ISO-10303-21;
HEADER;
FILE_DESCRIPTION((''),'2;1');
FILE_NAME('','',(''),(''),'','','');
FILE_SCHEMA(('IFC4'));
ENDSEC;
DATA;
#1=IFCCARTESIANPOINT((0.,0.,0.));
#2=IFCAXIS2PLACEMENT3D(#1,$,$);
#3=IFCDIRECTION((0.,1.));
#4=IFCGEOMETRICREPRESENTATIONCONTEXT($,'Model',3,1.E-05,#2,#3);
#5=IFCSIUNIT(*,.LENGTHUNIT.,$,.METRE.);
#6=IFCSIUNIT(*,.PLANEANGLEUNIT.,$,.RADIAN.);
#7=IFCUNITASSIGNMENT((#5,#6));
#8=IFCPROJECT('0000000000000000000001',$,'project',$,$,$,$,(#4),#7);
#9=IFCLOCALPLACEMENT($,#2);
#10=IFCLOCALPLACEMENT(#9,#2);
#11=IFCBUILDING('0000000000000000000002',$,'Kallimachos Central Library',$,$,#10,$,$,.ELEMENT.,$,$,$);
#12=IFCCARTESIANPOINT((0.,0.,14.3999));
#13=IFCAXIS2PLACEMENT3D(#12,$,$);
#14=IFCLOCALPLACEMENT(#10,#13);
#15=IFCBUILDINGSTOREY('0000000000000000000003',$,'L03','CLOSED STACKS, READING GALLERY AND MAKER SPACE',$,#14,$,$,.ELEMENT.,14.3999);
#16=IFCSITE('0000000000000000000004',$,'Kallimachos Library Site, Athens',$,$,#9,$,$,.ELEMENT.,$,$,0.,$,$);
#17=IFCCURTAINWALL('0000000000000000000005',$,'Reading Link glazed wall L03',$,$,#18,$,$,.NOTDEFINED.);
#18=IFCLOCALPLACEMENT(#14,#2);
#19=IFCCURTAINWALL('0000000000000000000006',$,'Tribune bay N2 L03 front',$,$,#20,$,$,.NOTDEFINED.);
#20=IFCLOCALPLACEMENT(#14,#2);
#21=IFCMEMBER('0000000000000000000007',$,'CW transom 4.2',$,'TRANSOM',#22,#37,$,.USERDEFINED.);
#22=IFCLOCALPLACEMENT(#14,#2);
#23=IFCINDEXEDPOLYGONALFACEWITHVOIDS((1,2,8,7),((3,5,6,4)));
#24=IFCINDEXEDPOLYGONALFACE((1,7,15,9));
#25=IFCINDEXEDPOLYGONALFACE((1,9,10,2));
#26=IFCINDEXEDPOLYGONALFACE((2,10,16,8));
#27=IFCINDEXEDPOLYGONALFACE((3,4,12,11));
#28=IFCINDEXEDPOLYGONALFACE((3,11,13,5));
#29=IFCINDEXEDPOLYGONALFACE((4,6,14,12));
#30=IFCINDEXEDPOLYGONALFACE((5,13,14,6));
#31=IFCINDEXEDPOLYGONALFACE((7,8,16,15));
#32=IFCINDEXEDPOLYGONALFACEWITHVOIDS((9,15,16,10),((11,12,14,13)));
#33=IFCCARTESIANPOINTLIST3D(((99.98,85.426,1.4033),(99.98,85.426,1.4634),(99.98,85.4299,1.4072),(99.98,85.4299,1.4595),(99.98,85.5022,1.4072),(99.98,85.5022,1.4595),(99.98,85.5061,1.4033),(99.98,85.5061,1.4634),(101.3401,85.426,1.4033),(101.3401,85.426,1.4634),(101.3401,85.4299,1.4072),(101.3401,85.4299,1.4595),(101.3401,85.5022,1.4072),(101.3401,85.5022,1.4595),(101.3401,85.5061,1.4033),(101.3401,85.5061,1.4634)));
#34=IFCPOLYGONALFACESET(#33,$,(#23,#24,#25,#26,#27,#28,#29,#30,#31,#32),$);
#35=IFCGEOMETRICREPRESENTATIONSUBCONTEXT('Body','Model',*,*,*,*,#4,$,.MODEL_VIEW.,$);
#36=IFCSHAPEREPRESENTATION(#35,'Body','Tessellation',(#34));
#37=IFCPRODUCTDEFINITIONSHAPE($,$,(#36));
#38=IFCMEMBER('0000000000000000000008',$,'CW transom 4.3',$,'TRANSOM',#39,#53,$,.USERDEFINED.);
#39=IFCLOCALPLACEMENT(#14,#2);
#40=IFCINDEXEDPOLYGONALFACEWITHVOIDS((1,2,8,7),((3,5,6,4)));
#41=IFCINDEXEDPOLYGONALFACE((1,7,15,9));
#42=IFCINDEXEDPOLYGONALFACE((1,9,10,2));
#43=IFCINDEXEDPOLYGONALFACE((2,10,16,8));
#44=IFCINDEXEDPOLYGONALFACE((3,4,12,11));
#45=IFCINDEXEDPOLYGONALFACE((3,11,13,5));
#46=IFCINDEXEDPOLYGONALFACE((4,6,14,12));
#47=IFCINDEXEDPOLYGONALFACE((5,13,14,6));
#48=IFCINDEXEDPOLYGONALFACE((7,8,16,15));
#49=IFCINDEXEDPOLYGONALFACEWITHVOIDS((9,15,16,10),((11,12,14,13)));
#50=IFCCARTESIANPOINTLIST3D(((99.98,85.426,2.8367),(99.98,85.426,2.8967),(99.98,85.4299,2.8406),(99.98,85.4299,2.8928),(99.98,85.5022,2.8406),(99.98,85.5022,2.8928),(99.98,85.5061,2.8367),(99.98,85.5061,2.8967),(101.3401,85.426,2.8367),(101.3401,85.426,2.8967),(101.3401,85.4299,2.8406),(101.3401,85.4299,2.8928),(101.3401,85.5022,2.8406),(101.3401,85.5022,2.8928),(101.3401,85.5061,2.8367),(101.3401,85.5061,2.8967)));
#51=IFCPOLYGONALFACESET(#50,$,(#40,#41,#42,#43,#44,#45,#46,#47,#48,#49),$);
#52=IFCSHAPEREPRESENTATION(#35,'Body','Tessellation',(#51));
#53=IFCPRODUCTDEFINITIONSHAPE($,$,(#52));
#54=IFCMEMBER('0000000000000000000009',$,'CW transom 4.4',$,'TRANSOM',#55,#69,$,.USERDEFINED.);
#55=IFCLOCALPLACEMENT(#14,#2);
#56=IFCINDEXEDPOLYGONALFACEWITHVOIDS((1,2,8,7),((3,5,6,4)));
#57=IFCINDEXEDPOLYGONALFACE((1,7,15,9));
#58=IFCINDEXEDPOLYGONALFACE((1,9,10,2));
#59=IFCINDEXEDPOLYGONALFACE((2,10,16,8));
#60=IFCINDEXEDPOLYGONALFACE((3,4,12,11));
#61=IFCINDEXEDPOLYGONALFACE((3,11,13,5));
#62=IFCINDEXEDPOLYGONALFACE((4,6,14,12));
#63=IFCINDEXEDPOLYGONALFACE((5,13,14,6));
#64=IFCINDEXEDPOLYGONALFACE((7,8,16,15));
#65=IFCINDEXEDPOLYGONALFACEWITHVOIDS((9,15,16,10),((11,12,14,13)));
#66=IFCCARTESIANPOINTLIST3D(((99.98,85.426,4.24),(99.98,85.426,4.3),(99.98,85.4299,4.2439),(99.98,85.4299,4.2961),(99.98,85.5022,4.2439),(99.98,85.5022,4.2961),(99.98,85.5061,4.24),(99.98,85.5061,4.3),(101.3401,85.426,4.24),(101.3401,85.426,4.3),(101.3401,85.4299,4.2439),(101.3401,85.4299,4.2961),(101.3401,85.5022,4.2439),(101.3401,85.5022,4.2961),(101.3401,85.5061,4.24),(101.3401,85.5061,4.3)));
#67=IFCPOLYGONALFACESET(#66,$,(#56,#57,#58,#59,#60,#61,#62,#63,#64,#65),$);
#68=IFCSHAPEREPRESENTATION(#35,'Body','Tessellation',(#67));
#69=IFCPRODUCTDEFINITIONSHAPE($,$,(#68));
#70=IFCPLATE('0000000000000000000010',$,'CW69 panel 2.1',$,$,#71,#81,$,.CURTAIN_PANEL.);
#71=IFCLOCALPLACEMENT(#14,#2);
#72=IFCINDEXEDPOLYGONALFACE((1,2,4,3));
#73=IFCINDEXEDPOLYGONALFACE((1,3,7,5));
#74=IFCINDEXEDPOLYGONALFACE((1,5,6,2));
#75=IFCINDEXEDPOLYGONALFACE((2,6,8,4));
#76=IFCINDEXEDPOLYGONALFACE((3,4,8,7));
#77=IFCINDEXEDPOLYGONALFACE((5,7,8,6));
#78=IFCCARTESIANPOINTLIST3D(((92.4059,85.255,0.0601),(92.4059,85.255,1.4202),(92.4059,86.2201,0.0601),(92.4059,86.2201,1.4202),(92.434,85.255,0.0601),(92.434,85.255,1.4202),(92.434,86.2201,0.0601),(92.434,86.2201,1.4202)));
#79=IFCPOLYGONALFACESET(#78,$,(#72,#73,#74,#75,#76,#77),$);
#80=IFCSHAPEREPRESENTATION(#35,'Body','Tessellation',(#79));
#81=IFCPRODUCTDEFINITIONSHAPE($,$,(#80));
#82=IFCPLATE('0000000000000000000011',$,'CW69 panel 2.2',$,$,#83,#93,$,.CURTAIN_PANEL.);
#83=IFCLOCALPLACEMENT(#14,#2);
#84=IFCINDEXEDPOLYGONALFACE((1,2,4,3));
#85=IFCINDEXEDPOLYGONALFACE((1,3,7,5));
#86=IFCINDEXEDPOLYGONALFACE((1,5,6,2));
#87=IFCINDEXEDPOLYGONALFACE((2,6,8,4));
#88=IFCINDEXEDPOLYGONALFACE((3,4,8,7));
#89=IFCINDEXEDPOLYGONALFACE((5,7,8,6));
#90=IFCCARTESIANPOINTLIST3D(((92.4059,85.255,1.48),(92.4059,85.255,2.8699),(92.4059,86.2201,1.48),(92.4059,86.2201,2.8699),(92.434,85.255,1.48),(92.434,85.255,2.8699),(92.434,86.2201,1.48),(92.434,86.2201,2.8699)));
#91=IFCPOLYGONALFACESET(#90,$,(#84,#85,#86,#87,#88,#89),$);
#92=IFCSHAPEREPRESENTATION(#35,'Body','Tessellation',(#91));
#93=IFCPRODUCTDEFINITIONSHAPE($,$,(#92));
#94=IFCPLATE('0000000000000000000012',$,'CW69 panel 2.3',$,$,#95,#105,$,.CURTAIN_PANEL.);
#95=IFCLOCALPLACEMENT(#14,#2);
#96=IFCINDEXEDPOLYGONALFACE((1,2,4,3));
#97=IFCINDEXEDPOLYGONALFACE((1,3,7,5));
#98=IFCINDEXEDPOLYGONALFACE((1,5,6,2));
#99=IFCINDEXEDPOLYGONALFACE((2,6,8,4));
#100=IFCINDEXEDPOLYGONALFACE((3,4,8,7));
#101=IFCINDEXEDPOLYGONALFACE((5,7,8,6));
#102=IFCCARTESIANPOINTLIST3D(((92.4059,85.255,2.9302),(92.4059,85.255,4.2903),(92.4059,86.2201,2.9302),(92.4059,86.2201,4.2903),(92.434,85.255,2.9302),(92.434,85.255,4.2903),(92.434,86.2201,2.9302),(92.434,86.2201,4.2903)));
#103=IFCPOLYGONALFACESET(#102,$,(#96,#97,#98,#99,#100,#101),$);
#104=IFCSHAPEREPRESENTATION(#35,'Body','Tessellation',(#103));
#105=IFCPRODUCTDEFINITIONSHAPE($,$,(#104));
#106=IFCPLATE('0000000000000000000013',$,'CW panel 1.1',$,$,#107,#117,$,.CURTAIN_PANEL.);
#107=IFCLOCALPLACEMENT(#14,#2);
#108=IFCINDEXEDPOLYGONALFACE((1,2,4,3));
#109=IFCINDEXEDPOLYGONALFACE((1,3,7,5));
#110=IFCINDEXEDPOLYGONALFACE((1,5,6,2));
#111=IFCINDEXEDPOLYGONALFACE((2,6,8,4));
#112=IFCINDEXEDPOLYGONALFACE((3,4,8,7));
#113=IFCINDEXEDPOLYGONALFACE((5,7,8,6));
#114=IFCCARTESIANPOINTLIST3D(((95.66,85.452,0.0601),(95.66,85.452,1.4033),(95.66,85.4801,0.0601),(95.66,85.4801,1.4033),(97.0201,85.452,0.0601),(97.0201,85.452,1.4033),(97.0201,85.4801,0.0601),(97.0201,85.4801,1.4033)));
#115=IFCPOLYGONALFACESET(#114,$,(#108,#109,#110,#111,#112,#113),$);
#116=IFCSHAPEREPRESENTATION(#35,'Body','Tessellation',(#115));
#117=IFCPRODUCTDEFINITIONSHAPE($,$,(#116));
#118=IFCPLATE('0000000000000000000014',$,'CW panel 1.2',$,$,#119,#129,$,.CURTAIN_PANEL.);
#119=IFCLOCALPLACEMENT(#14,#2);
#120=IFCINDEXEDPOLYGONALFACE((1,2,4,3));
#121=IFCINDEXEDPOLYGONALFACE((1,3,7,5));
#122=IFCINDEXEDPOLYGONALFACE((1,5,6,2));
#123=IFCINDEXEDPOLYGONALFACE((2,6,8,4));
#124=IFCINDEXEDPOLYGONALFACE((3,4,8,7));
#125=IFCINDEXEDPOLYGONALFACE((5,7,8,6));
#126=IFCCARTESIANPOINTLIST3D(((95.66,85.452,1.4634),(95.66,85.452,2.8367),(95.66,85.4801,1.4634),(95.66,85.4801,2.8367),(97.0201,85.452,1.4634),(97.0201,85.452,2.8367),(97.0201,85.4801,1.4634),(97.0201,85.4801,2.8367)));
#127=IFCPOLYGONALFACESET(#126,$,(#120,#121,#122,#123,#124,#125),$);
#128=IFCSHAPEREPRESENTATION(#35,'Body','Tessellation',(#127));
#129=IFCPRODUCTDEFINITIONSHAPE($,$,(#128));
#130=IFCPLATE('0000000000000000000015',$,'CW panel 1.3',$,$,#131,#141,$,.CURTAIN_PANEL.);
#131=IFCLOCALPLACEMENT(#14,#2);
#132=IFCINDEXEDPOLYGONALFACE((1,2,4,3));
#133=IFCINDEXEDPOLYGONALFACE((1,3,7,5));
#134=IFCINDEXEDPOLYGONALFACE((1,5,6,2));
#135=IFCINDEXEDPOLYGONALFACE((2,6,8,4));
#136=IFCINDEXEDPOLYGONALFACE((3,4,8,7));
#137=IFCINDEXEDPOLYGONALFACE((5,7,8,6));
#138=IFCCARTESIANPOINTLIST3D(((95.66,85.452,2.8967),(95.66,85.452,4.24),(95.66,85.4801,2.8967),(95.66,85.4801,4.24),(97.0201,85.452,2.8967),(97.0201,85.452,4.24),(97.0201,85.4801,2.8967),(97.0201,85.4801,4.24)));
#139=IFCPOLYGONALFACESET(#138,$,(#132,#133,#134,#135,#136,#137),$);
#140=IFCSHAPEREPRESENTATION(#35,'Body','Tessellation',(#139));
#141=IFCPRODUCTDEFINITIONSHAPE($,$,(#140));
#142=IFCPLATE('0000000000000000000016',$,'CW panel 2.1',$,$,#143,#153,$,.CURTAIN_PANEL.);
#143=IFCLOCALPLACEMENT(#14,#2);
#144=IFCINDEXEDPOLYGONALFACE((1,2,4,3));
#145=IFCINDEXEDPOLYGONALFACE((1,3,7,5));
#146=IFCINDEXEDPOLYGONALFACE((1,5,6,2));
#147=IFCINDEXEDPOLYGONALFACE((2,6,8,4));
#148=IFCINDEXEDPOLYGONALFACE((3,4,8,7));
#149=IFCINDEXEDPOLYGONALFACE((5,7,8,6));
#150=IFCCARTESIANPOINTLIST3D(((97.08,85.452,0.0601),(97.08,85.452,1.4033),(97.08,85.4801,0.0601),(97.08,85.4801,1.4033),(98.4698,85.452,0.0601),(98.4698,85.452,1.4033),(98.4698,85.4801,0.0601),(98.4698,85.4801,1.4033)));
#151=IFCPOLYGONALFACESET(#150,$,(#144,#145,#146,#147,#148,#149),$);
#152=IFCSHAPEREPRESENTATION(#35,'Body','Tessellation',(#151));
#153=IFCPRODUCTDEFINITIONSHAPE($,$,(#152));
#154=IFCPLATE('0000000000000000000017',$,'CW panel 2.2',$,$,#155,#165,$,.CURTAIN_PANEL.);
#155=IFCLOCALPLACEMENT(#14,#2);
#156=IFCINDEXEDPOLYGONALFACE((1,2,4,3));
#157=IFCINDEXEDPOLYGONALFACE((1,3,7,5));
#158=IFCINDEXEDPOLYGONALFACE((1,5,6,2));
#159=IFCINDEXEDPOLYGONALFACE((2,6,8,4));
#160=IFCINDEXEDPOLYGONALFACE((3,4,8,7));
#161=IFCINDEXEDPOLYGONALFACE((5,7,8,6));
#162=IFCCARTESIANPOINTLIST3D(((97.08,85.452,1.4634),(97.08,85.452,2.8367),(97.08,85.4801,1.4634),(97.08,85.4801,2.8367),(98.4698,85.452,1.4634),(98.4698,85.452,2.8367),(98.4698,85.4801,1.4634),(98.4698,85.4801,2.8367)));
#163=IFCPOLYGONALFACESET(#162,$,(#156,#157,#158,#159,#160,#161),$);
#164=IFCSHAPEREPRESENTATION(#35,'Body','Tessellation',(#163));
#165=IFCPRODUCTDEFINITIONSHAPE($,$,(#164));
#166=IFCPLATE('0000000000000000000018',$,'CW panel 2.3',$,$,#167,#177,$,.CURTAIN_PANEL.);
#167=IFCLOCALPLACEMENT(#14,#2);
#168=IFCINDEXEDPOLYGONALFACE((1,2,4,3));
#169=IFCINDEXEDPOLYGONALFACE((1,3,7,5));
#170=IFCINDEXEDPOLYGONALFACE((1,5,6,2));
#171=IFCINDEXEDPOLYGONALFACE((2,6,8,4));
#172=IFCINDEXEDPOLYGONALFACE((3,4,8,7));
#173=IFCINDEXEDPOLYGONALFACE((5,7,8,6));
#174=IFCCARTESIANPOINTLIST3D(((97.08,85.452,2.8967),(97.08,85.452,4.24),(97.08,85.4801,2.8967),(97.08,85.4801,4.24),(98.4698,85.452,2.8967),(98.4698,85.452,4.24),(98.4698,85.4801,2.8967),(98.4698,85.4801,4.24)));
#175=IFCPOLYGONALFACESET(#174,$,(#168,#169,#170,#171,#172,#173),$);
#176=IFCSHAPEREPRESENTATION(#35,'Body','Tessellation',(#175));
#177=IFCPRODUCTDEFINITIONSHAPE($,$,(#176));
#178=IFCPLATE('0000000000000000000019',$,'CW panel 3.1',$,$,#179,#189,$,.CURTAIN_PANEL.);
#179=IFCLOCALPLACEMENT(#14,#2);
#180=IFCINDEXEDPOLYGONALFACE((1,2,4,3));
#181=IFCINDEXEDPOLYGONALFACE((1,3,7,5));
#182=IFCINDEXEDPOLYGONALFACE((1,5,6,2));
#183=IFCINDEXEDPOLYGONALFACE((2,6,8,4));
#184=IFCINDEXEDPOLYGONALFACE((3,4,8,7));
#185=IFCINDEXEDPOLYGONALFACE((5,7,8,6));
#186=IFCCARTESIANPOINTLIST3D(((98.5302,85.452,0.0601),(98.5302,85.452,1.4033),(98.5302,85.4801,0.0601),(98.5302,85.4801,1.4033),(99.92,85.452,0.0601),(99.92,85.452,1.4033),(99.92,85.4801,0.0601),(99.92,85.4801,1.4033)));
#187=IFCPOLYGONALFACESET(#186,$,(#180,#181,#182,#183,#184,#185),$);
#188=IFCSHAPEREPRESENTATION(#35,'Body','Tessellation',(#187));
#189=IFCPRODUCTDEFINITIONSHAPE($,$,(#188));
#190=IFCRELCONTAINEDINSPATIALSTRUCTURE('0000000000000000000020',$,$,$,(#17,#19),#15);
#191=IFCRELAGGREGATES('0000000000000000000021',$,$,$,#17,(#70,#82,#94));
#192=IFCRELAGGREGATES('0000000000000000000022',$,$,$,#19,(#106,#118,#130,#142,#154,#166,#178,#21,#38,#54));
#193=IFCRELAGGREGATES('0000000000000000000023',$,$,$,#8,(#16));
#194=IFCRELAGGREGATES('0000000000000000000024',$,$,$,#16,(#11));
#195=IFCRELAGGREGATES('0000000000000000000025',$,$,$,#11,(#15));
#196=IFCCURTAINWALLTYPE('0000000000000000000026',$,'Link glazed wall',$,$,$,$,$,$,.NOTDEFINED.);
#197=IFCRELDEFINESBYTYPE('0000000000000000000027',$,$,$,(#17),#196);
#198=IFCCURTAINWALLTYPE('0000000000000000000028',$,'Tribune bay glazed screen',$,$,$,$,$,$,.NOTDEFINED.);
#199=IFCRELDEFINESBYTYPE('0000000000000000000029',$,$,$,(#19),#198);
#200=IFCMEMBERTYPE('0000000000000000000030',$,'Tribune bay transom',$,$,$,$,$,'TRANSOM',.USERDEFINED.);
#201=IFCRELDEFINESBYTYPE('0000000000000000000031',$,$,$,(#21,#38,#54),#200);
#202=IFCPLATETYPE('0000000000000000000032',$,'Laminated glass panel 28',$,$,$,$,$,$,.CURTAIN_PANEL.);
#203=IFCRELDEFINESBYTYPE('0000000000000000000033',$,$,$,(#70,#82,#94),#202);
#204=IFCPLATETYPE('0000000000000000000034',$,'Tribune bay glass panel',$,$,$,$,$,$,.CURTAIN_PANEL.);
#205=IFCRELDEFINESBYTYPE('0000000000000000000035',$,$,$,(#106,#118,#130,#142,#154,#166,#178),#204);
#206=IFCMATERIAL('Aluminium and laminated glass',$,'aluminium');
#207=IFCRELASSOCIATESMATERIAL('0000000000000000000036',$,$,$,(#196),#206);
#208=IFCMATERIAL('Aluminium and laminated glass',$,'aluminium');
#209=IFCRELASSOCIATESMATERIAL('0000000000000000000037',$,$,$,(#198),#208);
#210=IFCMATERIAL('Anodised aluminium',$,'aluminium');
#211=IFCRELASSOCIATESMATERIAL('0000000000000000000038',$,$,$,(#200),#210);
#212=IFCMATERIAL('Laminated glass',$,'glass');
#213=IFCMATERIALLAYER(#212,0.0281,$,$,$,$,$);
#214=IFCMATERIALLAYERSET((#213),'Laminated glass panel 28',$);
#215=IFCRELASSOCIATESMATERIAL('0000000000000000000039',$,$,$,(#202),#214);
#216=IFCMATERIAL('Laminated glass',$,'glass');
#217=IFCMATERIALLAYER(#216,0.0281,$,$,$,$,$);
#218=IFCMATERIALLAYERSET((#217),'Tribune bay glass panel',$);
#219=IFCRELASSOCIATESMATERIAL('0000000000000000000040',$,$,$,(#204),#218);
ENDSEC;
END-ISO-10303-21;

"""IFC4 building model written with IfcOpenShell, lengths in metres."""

from ifc_helpers import new_model, si_unit, direction, frame, origin, origin_2d, place, context, subcontext, project, spatial, rectangle, hollow_rectangle, extrude, material, layer, layer_set, material_profile, profile_set, type_object, element, aggregate, save


model = new_model("IFC4")

# Units and contexts
model_context = context("Model", 3, precision=1e-05, world=origin(), true_north=direction((0.0, 1.0)))
body_context = subcontext(model_context, "Body", "Model", "MODEL_VIEW")
ifc_project = project(units=[si_unit("LENGTHUNIT", "METRE"), si_unit("PLANEANGLEUNIT", "RADIAN")], contexts=[model_context])

# Site, building, storey
site_placement = place(None, origin())
site = spatial("IfcSite", under=ifc_project, at=site_placement, Name="Kallimachos Library Site, Athens", CompositionType="ELEMENT", RefElevation=0.0)
building_placement = place(site_placement, origin())
building = spatial("IfcBuilding", under=site, at=building_placement, Name="Kallimachos Central Library", CompositionType="ELEMENT")
storey_placement = place(building_placement, frame((0.0, 0.0, 14.3999)))
storey = spatial("IfcBuildingStorey", under=building, at=storey_placement, Name="L03", Description="CLOSED STACKS, READING GALLERY AND MAKER SPACE", CompositionType="ELEMENT", Elevation=14.3999)

# Curtain wall
ifc_material_1 = material(Name="Aluminium and laminated glass", Category="aluminium")
curtain_wall_type_1 = type_object("IfcCurtainWallType", Name="Link glazed wall", PredefinedType="NOTDEFINED", material=ifc_material_1)
curtain_wall_1_placement = place(storey_placement, origin())
curtain_wall_1 = element("IfcCurtainWall", 1, at=curtain_wall_1_placement, inside=storey, type_object=curtain_wall_type_1, Name="Reading Link glazed wall L03", PredefinedType="NOTDEFINED")

# Curtain wall, members
ifc_material_2 = material(Name="Aluminium and laminated glass", Category="aluminium")
curtain_wall_type_2 = type_object("IfcCurtainWallType", Name="Tribune bay glazed screen", PredefinedType="NOTDEFINED", material=ifc_material_2)
curtain_wall_2_placement = place(storey_placement, origin())
curtain_wall_2 = element("IfcCurtainWall", 2, at=curtain_wall_2_placement, inside=storey, type_object=curtain_wall_type_2, Name="Tribune bay N2 L03 front", PredefinedType="NOTDEFINED")
ifc_material_3 = material(Name="Anodised aluminium", Category="aluminium")
ifc_material_profile_1 = material_profile(ifc_material_3, hollow_rectangle(XDim=0.0601, YDim=0.0801, WallThickness=0.0039, at=origin_2d()), Name="ALU TRANSOM 60x80")
ifc_profile_set_1 = profile_set([ifc_material_profile_1], Name="Anodised aluminium")
member_type_1 = type_object("IfcMemberType", Name="Tribune bay transom", ElementType="TRANSOM", PredefinedType="USERDEFINED", material=ifc_profile_set_1)
member_1_placement = place(storey_placement, frame((99.98, 85.4661, 1.4333), z_axis=(1.0, 0.0, 0.0), x_axis=(0.0, 0.0, 1.0)))
member_1 = element("IfcMember", 3, at=member_1_placement, type_object=member_type_1, Name="CW transom 4.2", ObjectType="TRANSOM", PredefinedType="USERDEFINED", context=body_context, shape_type="SweptSolid", body=[
    extrude(hollow_rectangle(XDim=0.0601, YDim=0.0801, WallThickness=0.0039, at=origin_2d()), origin(), (0.0, 0.0, 1.0), 1.3601),
])
member_2_placement = place(storey_placement, frame((99.98, 85.4661, 2.8667), z_axis=(1.0, 0.0, 0.0), x_axis=(0.0, 0.0, 1.0)))
member_2 = element("IfcMember", 4, at=member_2_placement, type_object=member_type_1, Name="CW transom 4.3", ObjectType="TRANSOM", PredefinedType="USERDEFINED", context=body_context, shape_type="SweptSolid", body=[
    extrude(hollow_rectangle(XDim=0.0601, YDim=0.0801, WallThickness=0.0039, at=origin_2d()), origin(), (0.0, 0.0, 1.0), 1.3601),
])
member_3_placement = place(storey_placement, frame((99.98, 85.4661, 4.27), z_axis=(1.0, 0.0, 0.0), x_axis=(0.0, 0.0, 1.0)))
member_3 = element("IfcMember", 5, at=member_3_placement, type_object=member_type_1, Name="CW transom 4.4", ObjectType="TRANSOM", PredefinedType="USERDEFINED", context=body_context, shape_type="SweptSolid", body=[
    extrude(hollow_rectangle(XDim=0.0601, YDim=0.0801, WallThickness=0.0039, at=origin_2d()), origin(), (0.0, 0.0, 1.0), 1.3601),
])

# Plates
ifc_material_4 = material(Name="Laminated glass", Category="glass")
ifc_layer_1 = layer(ifc_material_4, 0.0281)
ifc_layer_set_1 = layer_set([ifc_layer_1], Name="Laminated glass panel 28")
plate_type_1 = type_object("IfcPlateType", Name="Laminated glass panel 28", PredefinedType="CURTAIN_PANEL", material=ifc_layer_set_1)
plate_1_placement = place(storey_placement, frame((92.4199, 85.7375, 0.0601), z_axis=(0.0, 0.0, 1.0), x_axis=(0.0, 1.0, 0.0)))
plate_1 = element("IfcPlate", 6, at=plate_1_placement, type_object=plate_type_1, Name="CW69 panel 2.1", PredefinedType="CURTAIN_PANEL", context=body_context, shape_type="SweptSolid", body=[
    extrude(rectangle(XDim=0.9651, YDim=0.0281, at=origin_2d()), origin(), (0.0, 0.0, 1.0), 1.3601),
])
plate_2_placement = place(storey_placement, frame((92.4199, 85.7375, 1.48), z_axis=(0.0, 0.0, 1.0), x_axis=(0.0, 1.0, 0.0)))
plate_2 = element("IfcPlate", 7, at=plate_2_placement, type_object=plate_type_1, Name="CW69 panel 2.2", PredefinedType="CURTAIN_PANEL", context=body_context, shape_type="SweptSolid", body=[
    extrude(rectangle(XDim=0.9651, YDim=0.0281, at=origin_2d()), origin(), (0.0, 0.0, 1.0), 1.3899),
])
plate_3_placement = place(storey_placement, frame((92.4199, 85.7375, 2.9302), z_axis=(0.0, 0.0, 1.0), x_axis=(0.0, 1.0, 0.0)))
plate_3 = element("IfcPlate", 8, at=plate_3_placement, type_object=plate_type_1, Name="CW69 panel 2.3", PredefinedType="CURTAIN_PANEL", context=body_context, shape_type="SweptSolid", body=[
    extrude(rectangle(XDim=0.9651, YDim=0.0281, at=origin_2d()), origin(), (0.0, 0.0, 1.0), 1.3601),
])
aggregate(curtain_wall_1, [plate_1, plate_2, plate_3])
ifc_material_5 = material(Name="Laminated glass", Category="glass")
ifc_layer_2 = layer(ifc_material_5, 0.0281)
ifc_layer_set_2 = layer_set([ifc_layer_2], Name="Tribune bay glass panel")
plate_type_2 = type_object("IfcPlateType", Name="Tribune bay glass panel", PredefinedType="CURTAIN_PANEL", material=ifc_layer_set_2)
plate_4_placement = place(storey_placement, frame((96.3401, 85.4661, 0.0601), z_axis=(0.0, 0.0, 1.0), x_axis=(1.0, 0.0, 0.0)))
plate_4 = element("IfcPlate", 9, at=plate_4_placement, type_object=plate_type_2, Name="CW panel 1.1", PredefinedType="CURTAIN_PANEL", context=body_context, shape_type="SweptSolid", body=[
    extrude(rectangle(XDim=1.3601, YDim=0.0281, at=origin_2d()), origin(), (0.0, 0.0, 1.0), 1.3433),
])
plate_5_placement = place(storey_placement, frame((96.3401, 85.4661, 1.4634), z_axis=(0.0, 0.0, 1.0), x_axis=(1.0, 0.0, 0.0)))
plate_5 = element("IfcPlate", 10, at=plate_5_placement, type_object=plate_type_2, Name="CW panel 1.2", PredefinedType="CURTAIN_PANEL", context=body_context, shape_type="SweptSolid", body=[
    extrude(rectangle(XDim=1.3601, YDim=0.0281, at=origin_2d()), origin(), (0.0, 0.0, 1.0), 1.3733),
])
plate_6_placement = place(storey_placement, frame((96.3401, 85.4661, 2.8967), z_axis=(0.0, 0.0, 1.0), x_axis=(1.0, 0.0, 0.0)))
plate_6 = element("IfcPlate", 11, at=plate_6_placement, type_object=plate_type_2, Name="CW panel 1.3", PredefinedType="CURTAIN_PANEL", context=body_context, shape_type="SweptSolid", body=[
    extrude(rectangle(XDim=1.3601, YDim=0.0281, at=origin_2d()), origin(), (0.0, 0.0, 1.0), 1.3433),
])
plate_7_placement = place(storey_placement, frame((97.7749, 85.4661, 0.0601), z_axis=(0.0, 0.0, 1.0), x_axis=(1.0, 0.0, 0.0)))
plate_7 = element("IfcPlate", 12, at=plate_7_placement, type_object=plate_type_2, Name="CW panel 2.1", PredefinedType="CURTAIN_PANEL", context=body_context, shape_type="SweptSolid", body=[
    extrude(rectangle(XDim=1.3899, YDim=0.0281, at=origin_2d()), origin(), (0.0, 0.0, 1.0), 1.3433),
])
plate_8_placement = place(storey_placement, frame((97.7749, 85.4661, 1.4634), z_axis=(0.0, 0.0, 1.0), x_axis=(1.0, 0.0, 0.0)))
plate_8 = element("IfcPlate", 13, at=plate_8_placement, type_object=plate_type_2, Name="CW panel 2.2", PredefinedType="CURTAIN_PANEL", context=body_context, shape_type="SweptSolid", body=[
    extrude(rectangle(XDim=1.3899, YDim=0.0281, at=origin_2d()), origin(), (0.0, 0.0, 1.0), 1.3733),
])
plate_9_placement = place(storey_placement, frame((97.7749, 85.4661, 2.8967), z_axis=(0.0, 0.0, 1.0), x_axis=(1.0, 0.0, 0.0)))
plate_9 = element("IfcPlate", 14, at=plate_9_placement, type_object=plate_type_2, Name="CW panel 2.3", PredefinedType="CURTAIN_PANEL", context=body_context, shape_type="SweptSolid", body=[
    extrude(rectangle(XDim=1.3899, YDim=0.0281, at=origin_2d()), origin(), (0.0, 0.0, 1.0), 1.3433),
])
plate_10_placement = place(storey_placement, frame((99.2251, 85.4661, 0.0601), z_axis=(0.0, 0.0, 1.0), x_axis=(1.0, 0.0, 0.0)))
plate_10 = element("IfcPlate", 15, at=plate_10_placement, type_object=plate_type_2, Name="CW panel 3.1", PredefinedType="CURTAIN_PANEL", context=body_context, shape_type="SweptSolid", body=[
    extrude(rectangle(XDim=1.3899, YDim=0.0281, at=origin_2d()), origin(), (0.0, 0.0, 1.0), 1.3433),
])
aggregate(curtain_wall_2, [plate_4, plate_5, plate_6, plate_7, plate_8, plate_9, plate_10, member_1, member_2, member_3])

save(model, "model.ifc")
